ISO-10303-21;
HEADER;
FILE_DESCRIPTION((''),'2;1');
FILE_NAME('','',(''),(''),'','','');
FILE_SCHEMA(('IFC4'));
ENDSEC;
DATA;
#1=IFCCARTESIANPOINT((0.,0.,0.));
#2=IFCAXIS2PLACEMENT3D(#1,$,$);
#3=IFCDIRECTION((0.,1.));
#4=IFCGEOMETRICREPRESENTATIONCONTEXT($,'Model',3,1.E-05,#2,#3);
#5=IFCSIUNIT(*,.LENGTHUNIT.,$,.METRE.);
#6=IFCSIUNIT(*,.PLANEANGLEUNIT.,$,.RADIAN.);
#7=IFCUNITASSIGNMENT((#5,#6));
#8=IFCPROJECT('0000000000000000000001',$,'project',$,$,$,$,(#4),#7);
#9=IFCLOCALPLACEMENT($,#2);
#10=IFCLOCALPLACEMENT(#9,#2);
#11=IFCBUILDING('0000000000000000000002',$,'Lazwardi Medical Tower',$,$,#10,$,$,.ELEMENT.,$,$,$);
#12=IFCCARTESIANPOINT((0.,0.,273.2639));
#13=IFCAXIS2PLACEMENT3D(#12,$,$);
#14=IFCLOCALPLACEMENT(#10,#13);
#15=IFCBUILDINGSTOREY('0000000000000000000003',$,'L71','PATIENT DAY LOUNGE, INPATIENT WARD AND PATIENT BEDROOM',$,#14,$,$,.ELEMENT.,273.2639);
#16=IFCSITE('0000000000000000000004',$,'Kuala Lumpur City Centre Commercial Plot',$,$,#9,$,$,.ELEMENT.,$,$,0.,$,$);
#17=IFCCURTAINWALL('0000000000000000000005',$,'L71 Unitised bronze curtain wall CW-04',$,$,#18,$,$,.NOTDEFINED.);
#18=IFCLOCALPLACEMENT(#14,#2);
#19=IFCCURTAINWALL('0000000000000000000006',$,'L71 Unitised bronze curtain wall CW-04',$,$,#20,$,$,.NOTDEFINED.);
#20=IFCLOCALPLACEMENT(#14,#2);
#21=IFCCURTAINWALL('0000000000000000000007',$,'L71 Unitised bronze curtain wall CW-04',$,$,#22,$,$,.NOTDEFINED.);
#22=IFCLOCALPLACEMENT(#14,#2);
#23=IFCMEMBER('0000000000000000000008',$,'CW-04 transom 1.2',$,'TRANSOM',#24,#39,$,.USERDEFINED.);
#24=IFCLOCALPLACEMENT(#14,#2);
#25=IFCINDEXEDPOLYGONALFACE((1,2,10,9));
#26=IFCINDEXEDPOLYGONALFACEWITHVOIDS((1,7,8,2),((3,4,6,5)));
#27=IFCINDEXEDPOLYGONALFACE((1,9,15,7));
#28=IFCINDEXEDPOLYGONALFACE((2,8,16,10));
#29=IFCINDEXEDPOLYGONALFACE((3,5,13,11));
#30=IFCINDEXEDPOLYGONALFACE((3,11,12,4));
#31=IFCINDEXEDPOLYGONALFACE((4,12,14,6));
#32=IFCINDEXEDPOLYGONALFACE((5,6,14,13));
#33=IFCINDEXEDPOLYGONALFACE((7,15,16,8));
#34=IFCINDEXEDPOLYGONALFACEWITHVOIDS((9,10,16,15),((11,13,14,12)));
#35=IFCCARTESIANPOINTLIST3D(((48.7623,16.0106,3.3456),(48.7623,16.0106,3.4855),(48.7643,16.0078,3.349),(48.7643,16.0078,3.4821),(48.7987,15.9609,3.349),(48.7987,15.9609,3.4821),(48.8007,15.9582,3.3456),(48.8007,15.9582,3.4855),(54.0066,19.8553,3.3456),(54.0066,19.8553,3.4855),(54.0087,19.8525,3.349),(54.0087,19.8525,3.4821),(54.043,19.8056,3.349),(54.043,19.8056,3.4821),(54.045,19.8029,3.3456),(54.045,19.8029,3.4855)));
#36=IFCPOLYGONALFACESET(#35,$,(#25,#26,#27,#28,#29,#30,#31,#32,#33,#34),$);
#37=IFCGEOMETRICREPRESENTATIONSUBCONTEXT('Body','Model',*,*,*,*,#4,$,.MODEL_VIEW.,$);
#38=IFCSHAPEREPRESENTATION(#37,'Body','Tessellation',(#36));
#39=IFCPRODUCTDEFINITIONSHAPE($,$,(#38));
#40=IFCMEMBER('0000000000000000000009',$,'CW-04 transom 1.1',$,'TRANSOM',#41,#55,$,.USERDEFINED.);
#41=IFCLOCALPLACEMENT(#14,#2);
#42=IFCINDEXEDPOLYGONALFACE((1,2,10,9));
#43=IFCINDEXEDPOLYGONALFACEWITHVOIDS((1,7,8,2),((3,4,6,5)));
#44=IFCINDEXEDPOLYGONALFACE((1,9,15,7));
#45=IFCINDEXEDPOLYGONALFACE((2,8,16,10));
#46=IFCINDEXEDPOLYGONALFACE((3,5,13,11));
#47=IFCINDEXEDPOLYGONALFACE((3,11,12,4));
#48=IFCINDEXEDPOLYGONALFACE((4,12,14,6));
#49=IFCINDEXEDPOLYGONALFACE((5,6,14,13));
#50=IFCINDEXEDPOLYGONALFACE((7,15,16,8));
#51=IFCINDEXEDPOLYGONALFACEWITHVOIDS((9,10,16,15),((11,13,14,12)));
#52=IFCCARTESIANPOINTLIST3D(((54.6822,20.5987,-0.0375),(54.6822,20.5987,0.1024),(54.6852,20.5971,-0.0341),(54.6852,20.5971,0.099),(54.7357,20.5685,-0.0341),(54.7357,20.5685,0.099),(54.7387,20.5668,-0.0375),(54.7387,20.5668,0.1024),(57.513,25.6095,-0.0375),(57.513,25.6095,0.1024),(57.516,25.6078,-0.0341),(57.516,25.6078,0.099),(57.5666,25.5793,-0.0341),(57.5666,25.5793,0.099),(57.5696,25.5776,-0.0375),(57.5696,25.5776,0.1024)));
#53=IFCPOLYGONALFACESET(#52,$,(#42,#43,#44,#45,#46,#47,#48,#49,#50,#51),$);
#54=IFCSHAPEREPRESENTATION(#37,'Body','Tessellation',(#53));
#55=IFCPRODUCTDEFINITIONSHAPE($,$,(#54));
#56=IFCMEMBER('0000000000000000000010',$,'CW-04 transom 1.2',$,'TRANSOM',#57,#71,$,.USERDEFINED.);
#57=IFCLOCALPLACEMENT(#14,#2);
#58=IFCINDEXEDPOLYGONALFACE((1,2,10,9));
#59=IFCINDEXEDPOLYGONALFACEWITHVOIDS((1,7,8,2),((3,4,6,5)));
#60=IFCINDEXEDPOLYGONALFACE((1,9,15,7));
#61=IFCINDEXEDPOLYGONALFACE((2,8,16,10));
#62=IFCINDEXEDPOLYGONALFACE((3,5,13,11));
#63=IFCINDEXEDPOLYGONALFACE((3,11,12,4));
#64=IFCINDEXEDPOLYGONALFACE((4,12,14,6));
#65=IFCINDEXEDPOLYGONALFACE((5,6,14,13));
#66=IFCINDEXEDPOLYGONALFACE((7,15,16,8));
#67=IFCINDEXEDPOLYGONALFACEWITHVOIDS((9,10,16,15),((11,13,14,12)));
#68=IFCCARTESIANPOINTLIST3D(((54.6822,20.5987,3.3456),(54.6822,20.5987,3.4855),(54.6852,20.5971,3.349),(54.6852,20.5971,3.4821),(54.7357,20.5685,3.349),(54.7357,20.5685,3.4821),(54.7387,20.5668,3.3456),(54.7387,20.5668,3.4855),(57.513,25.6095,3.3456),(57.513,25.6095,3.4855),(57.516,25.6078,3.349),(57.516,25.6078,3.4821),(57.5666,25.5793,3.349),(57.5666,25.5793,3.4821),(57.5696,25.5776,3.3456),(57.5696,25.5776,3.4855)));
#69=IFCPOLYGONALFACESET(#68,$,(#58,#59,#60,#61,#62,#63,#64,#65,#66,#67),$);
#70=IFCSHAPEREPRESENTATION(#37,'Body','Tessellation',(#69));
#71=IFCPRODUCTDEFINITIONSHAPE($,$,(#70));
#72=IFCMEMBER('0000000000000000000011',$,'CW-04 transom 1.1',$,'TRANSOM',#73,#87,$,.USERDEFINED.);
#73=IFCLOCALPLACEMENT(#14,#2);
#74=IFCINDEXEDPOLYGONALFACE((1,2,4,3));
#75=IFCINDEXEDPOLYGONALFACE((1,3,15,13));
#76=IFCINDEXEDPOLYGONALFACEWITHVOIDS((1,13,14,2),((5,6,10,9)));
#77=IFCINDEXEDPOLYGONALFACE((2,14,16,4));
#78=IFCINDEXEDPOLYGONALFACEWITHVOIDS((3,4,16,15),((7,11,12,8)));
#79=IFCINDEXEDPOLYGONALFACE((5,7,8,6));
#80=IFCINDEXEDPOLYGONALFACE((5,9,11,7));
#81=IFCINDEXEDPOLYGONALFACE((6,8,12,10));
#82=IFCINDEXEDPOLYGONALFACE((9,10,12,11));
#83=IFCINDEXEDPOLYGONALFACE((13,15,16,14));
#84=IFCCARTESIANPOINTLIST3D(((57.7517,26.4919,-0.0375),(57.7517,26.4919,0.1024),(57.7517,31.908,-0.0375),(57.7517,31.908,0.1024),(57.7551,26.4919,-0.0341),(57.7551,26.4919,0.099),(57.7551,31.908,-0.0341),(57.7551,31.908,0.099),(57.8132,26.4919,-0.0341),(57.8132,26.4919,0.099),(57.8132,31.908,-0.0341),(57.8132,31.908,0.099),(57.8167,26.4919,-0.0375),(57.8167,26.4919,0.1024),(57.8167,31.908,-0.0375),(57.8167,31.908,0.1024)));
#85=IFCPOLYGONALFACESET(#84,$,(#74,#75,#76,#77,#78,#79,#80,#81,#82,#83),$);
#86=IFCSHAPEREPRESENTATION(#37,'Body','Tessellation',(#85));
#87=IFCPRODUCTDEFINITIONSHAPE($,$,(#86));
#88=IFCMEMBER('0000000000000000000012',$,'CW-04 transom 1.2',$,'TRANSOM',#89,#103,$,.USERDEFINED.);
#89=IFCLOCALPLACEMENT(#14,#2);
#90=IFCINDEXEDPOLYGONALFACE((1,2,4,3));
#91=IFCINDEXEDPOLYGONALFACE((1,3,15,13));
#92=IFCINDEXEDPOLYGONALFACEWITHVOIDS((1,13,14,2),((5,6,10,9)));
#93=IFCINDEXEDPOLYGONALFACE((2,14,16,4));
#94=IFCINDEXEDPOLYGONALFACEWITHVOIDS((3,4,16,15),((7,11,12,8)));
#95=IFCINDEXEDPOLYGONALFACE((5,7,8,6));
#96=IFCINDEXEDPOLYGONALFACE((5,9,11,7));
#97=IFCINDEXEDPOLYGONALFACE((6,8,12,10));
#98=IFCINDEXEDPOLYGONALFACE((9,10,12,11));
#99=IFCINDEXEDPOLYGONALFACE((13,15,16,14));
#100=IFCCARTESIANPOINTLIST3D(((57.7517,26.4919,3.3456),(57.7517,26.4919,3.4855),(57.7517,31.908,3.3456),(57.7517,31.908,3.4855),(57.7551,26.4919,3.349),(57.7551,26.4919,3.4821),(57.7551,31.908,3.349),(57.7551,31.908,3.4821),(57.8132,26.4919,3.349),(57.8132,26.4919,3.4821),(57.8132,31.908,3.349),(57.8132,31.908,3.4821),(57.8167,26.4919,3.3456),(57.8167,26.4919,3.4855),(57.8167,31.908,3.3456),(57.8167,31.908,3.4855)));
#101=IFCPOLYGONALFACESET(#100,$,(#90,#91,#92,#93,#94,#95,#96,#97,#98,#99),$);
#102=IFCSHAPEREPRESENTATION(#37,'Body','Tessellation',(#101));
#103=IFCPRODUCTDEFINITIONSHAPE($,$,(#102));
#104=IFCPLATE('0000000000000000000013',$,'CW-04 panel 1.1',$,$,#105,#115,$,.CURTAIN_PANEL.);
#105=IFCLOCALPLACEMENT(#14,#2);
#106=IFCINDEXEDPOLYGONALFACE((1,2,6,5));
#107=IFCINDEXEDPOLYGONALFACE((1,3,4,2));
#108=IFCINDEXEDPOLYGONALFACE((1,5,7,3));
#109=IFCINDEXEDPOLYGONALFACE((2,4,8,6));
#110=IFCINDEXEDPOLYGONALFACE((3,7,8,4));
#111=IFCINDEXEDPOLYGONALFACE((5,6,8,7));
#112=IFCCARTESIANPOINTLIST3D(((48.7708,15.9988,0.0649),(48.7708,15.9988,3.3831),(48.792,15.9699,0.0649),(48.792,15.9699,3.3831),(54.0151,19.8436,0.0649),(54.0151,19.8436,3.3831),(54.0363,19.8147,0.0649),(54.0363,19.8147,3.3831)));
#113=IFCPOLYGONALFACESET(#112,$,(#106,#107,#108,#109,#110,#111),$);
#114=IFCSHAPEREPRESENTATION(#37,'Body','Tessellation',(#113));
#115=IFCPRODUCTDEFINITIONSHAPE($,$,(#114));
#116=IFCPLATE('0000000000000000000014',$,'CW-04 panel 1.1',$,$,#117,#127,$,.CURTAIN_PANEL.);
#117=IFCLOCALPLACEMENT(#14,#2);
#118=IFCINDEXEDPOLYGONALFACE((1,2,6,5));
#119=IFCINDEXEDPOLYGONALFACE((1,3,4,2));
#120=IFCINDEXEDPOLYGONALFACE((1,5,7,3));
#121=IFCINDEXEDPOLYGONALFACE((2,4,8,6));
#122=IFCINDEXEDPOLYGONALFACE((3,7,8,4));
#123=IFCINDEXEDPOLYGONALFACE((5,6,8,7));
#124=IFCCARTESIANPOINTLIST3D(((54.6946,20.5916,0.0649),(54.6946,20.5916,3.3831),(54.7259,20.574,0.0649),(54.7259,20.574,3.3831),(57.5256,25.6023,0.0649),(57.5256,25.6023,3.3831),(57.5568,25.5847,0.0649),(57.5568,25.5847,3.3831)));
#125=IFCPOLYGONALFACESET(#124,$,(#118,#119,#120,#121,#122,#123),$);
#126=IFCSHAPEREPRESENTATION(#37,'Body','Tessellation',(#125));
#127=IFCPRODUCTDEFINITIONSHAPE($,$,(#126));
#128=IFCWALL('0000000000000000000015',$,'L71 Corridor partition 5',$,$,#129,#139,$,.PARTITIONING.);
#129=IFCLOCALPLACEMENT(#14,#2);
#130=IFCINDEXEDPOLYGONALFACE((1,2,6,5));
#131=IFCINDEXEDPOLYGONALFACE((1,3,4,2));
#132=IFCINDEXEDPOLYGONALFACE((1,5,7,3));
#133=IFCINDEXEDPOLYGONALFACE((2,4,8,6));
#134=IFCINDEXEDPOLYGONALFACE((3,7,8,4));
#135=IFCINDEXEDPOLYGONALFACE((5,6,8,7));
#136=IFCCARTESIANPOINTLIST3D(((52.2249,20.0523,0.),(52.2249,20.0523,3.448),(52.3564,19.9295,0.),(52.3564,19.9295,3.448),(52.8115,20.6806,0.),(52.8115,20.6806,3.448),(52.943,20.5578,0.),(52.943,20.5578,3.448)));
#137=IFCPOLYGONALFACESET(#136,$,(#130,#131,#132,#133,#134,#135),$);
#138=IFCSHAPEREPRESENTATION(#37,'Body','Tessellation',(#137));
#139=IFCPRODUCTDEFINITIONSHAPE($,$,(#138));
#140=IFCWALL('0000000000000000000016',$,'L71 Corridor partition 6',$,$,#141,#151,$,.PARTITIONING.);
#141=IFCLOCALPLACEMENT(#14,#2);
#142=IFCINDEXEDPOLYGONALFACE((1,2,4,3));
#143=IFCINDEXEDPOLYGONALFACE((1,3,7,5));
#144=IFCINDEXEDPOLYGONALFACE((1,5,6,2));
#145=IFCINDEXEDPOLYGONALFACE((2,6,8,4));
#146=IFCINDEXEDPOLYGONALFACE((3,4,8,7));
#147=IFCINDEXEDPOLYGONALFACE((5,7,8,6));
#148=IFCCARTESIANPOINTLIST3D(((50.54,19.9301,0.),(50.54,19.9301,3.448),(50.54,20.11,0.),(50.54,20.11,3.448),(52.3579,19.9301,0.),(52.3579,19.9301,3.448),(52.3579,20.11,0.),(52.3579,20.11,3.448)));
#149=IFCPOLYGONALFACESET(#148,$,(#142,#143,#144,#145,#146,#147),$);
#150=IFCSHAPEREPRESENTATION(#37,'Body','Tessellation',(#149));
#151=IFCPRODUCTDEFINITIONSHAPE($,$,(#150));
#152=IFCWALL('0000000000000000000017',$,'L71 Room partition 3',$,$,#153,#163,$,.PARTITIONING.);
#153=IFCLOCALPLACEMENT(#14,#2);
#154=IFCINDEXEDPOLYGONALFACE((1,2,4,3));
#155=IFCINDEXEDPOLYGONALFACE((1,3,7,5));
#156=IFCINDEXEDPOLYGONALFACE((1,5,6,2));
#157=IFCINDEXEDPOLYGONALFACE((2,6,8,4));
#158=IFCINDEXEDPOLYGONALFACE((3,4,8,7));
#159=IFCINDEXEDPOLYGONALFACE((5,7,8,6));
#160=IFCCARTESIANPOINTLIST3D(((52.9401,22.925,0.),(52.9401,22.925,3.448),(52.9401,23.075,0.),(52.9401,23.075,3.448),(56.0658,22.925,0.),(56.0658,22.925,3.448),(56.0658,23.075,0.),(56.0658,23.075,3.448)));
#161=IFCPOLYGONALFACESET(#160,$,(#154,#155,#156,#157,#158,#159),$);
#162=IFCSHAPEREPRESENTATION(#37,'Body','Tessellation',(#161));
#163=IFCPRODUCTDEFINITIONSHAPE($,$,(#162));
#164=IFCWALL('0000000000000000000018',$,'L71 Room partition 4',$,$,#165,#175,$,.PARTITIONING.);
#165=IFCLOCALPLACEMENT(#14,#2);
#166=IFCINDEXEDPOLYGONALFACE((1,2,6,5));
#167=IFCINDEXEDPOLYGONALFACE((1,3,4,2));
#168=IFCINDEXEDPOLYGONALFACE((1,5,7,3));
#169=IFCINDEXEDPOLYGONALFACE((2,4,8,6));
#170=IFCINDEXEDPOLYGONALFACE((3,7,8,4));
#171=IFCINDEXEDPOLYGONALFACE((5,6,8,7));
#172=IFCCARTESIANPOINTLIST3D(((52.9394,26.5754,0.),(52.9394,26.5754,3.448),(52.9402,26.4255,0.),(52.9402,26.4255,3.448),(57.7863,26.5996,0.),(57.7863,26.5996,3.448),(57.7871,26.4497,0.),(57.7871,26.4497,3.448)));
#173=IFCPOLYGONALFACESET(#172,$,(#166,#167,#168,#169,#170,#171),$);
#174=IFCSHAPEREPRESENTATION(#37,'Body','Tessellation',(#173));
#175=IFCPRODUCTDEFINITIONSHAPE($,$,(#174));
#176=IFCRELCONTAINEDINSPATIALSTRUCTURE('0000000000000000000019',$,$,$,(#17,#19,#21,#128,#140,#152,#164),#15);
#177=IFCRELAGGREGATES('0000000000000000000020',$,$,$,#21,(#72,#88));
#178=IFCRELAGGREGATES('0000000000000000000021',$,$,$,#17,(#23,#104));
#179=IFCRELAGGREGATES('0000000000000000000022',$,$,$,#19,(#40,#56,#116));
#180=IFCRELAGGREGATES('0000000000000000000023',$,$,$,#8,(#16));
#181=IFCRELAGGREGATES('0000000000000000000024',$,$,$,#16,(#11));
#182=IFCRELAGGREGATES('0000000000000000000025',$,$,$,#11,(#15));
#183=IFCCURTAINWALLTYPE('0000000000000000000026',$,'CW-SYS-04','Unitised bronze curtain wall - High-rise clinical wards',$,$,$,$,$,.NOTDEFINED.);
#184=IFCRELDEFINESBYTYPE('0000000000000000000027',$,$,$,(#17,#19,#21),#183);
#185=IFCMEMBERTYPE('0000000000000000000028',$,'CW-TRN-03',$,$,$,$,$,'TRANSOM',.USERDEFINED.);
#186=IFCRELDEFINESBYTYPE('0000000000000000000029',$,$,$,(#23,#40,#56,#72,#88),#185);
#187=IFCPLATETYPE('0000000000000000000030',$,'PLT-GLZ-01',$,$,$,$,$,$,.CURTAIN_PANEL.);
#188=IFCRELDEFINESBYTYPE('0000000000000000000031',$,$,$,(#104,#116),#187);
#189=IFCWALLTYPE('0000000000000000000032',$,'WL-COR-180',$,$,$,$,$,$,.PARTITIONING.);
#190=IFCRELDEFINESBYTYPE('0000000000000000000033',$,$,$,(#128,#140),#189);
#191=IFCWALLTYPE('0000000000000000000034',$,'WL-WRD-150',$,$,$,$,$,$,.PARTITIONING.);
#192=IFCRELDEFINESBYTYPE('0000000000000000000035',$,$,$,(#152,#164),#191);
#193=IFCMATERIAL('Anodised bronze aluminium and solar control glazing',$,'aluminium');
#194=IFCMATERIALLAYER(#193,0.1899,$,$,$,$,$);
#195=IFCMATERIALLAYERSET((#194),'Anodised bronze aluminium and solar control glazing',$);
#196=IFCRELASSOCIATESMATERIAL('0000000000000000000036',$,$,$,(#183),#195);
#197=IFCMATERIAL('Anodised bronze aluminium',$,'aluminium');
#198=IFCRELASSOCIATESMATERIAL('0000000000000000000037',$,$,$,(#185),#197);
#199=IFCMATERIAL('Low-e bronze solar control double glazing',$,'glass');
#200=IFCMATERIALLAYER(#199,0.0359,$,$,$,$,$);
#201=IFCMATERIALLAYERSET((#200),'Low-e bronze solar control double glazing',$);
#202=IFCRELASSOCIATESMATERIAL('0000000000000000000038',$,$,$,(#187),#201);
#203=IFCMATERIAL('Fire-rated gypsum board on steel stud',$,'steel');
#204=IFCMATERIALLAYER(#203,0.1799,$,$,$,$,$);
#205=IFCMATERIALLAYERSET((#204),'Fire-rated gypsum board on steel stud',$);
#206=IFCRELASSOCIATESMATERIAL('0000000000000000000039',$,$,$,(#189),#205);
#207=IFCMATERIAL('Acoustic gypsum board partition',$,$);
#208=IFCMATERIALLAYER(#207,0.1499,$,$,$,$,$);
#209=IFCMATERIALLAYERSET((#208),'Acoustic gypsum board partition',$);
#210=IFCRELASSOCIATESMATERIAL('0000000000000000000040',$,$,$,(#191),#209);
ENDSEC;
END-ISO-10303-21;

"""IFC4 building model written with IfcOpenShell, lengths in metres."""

from ifc_helpers import new_model, si_unit, direction, frame, frame_2d, origin, origin_2d, place, context, subcontext, project, spatial, rectangle, hollow_rectangle, extrude, material, layer, layer_set, material_profile, profile_set, type_object, element, aggregate, save


model = new_model("IFC4")

# Units and contexts
model_context = context("Model", 3, precision=1e-05, world=origin(), true_north=direction((0.0, 1.0)))
body_context = subcontext(model_context, "Body", "Model", "MODEL_VIEW")
ifc_project = project(units=[si_unit("LENGTHUNIT", "METRE"), si_unit("PLANEANGLEUNIT", "RADIAN")], contexts=[model_context])

# Site, building, storey
site_placement = place(None, origin())
site = spatial("IfcSite", under=ifc_project, at=site_placement, Name="Kuala Lumpur City Centre Commercial Plot", CompositionType="ELEMENT", RefElevation=0.0)
building_placement = place(site_placement, origin())
building = spatial("IfcBuilding", under=site, at=building_placement, Name="Lazwardi Medical Tower", CompositionType="ELEMENT")
storey_placement = place(building_placement, frame((0.0, 0.0, 273.2639)))
storey = spatial("IfcBuildingStorey", under=building, at=storey_placement, Name="L71", Description="PATIENT DAY LOUNGE, INPATIENT WARD AND PATIENT BEDROOM", CompositionType="ELEMENT", Elevation=273.2639)

# Curtain walls
ifc_material_1 = material(Name="Anodised bronze aluminium and solar control glazing", Category="aluminium")
ifc_layer_1 = layer(ifc_material_1, 0.1899)
ifc_layer_set_1 = layer_set([ifc_layer_1], Name="Anodised bronze aluminium and solar control glazing")
curtain_wall_type = type_object("IfcCurtainWallType", Name="CW-SYS-04", Description="Unitised bronze curtain wall - High-rise clinical wards", PredefinedType="NOTDEFINED", material=ifc_layer_set_1)
curtain_wall_1_placement = place(storey_placement, origin())
curtain_wall_1 = element("IfcCurtainWall", 1, at=curtain_wall_1_placement, inside=storey, type_object=curtain_wall_type, Name="L71 Unitised bronze curtain wall CW-04", PredefinedType="NOTDEFINED")
ifc_material_2 = material(Name="Anodised bronze aluminium", Category="aluminium")
curtain_wall_2_placement = place(storey_placement, origin())
curtain_wall_2 = element("IfcCurtainWall", 2, at=curtain_wall_2_placement, inside=storey, type_object=curtain_wall_type, Name="L71 Unitised bronze curtain wall CW-04", PredefinedType="NOTDEFINED")

# Curtain wall
curtain_wall_3_placement = place(storey_placement, origin())
curtain_wall_3 = element("IfcCurtainWall", 3, at=curtain_wall_3_placement, inside=storey, type_object=curtain_wall_type, Name="L71 Unitised bronze curtain wall CW-04", PredefinedType="NOTDEFINED")

# Members
ifc_material_profile_1 = material_profile(ifc_material_2, hollow_rectangle(XDim=0.0649, YDim=0.1399, WallThickness=0.0034, at=origin_2d()), Name="ALU-TRANSOM 140x65x3.5")
ifc_profile_set_1 = profile_set([ifc_material_profile_1], Name="Anodised bronze aluminium")
member_type_1 = type_object("IfcMemberType", Name="CW-TRN-03", ElementType="TRANSOM", PredefinedType="USERDEFINED", material=ifc_profile_set_1)
member_1_placement = place(storey_placement, frame((48.7815, 15.9844, 3.4155), z_axis=(0.80649, 0.591248, 0.0), x_axis=(-0.591248, 0.80649, 0.0)))
member_1 = element("IfcMember", 4, at=member_1_placement, type_object=member_type_1, Name="CW-04 transom 1.2", ObjectType="TRANSOM", PredefinedType="USERDEFINED", context=body_context, shape_type="SweptSolid", body=[
    extrude(hollow_rectangle(XDim=0.0649, YDim=0.1399, WallThickness=0.0034, at=origin_2d()), origin(), (0.0, 0.0, 1.0), 6.5027),
])
member_2_placement = place(storey_placement, frame((54.7104, 20.5828, 0.0325), z_axis=(0.49188, 0.870663, 0.0), x_axis=(-0.870663, 0.49188, 0.0)))
member_2 = element("IfcMember", 5, at=member_2_placement, type_object=member_type_1, Name="CW-04 transom 1.1", ObjectType="TRANSOM", PredefinedType="USERDEFINED", context=body_context, shape_type="SweptSolid", body=[
    extrude(hollow_rectangle(XDim=0.0649, YDim=0.1399, WallThickness=0.0034, at=origin_2d()), origin(), (0.0, 0.0, 1.0), 5.7551),
])
member_3_placement = place(storey_placement, frame((54.7104, 20.5828, 3.4155), z_axis=(0.49188, 0.870663, 0.0), x_axis=(-0.870663, 0.49188, 0.0)))
member_3 = element("IfcMember", 6, at=member_3_placement, type_object=member_type_1, Name="CW-04 transom 1.2", ObjectType="TRANSOM", PredefinedType="USERDEFINED", context=body_context, shape_type="SweptSolid", body=[
    extrude(hollow_rectangle(XDim=0.0649, YDim=0.1399, WallThickness=0.0034, at=origin_2d()), origin(), (0.0, 0.0, 1.0), 5.7551),
])
member_4_placement = place(storey_placement, frame((57.7842, 26.4919, 0.0325), z_axis=(0.0, 1.0, 0.0), x_axis=(-1.0, 0.0, 0.0)))
member_4 = element("IfcMember", 7, at=member_4_placement, type_object=member_type_1, Name="CW-04 transom 1.1", ObjectType="TRANSOM", PredefinedType="USERDEFINED", context=body_context, shape_type="SweptSolid", body=[
    extrude(hollow_rectangle(XDim=0.0649, YDim=0.1399, WallThickness=0.0034, at=origin_2d()), origin(), (0.0, 0.0, 1.0), 5.416),
])
member_5_placement = place(storey_placement, frame((57.7842, 26.4919, 3.4155), z_axis=(0.0, 1.0, 0.0), x_axis=(-1.0, 0.0, 0.0)))
member_5 = element("IfcMember", 8, at=member_5_placement, type_object=member_type_1, Name="CW-04 transom 1.2", ObjectType="TRANSOM", PredefinedType="USERDEFINED", context=body_context, shape_type="SweptSolid", body=[
    extrude(hollow_rectangle(XDim=0.0649, YDim=0.1399, WallThickness=0.0034, at=origin_2d()), origin(), (0.0, 0.0, 1.0), 5.416),
])
aggregate(curtain_wall_3, [member_4, member_5])

# Plates
ifc_material_3 = material(Name="Low-e bronze solar control double glazing", Category="glass")
ifc_layer_2 = layer(ifc_material_3, 0.0359)
ifc_layer_set_2 = layer_set([ifc_layer_2], Name="Low-e bronze solar control double glazing")
plate_type = type_object("IfcPlateType", Name="PLT-GLZ-01", PredefinedType="CURTAIN_PANEL", material=ifc_layer_set_2)
plate_1_placement = place(storey_placement, frame((51.4036, 17.9067, 0.0649), z_axis=(0.0, 0.0, 1.0), x_axis=(0.806475, 0.591268, 0.0)))
plate_1 = element("IfcPlate", 9, at=plate_1_placement, type_object=plate_type, Name="CW-04 panel 1.1", PredefinedType="CURTAIN_PANEL", context=body_context, shape_type="SweptSolid", body=[
    extrude(rectangle(XDim=6.5027, YDim=0.0359, at=origin_2d()), origin(), (0.0, 0.0, 1.0), 3.3181),
])
aggregate(curtain_wall_1, [member_1, plate_1])
plate_2_placement = place(storey_placement, frame((56.1257, 23.0881, 0.0649), z_axis=(0.0, 0.0, 1.0), x_axis=(0.4919, 0.870651, 0.0)))
plate_2 = element("IfcPlate", 10, at=plate_2_placement, type_object=plate_type, Name="CW-04 panel 1.1", PredefinedType="CURTAIN_PANEL", context=body_context, shape_type="SweptSolid", body=[
    extrude(rectangle(XDim=5.7551, YDim=0.0359, at=origin_2d()), origin(), (0.0, 0.0, 1.0), 3.3181),
])
aggregate(curtain_wall_2, [member_2, member_3, plate_2])

# Walls
ifc_material_4 = material(Name="Fire-rated gypsum board on steel stud", Category="steel")
ifc_layer_3 = layer(ifc_material_4, 0.1799)
ifc_layer_set_3 = layer_set([ifc_layer_3], Name="Fire-rated gypsum board on steel stud")
wall_type_1 = type_object("IfcWallType", Name="WL-COR-180", PredefinedType="PARTITIONING", material=ifc_layer_set_3)
wall_1_placement = place(storey_placement, frame((52.8772, 20.6191, 0.0), z_axis=(0.0, 0.0, 1.0), x_axis=(-0.682409, -0.73097, 0.0)))
element("IfcWall", 11, at=wall_1_placement, inside=storey, type_object=wall_type_1, Name="L71 Corridor partition 5", PredefinedType="PARTITIONING", context=body_context, shape_type="SweptSolid", body=[
    extrude(rectangle(XDim=0.8596, YDim=0.1799, at=frame_2d((0.4297, 0.0))), origin(), (0.0, 0.0, 1.0), 3.448),
])
wall_2_placement = place(storey_placement, frame((52.3579, 20.02, 0.0), z_axis=(0.0, 0.0, 1.0), x_axis=(-1.0, 0.0, 0.0)))
element("IfcWall", 12, at=wall_2_placement, inside=storey, type_object=wall_type_1, Name="L71 Corridor partition 6", PredefinedType="PARTITIONING", context=body_context, shape_type="SweptSolid", body=[
    extrude(rectangle(XDim=1.8179, YDim=0.1799, at=frame_2d((0.9089, 0.0))), origin(), (0.0, 0.0, 1.0), 3.448),
])
ifc_material_5 = material(Name="Acoustic gypsum board partition")
ifc_layer_4 = layer(ifc_material_5, 0.1499)
ifc_layer_set_4 = layer_set([ifc_layer_4], Name="Acoustic gypsum board partition")
wall_type_2 = type_object("IfcWallType", Name="WL-WRD-150", PredefinedType="PARTITIONING", material=ifc_layer_set_4)
wall_3_placement = place(storey_placement, frame((52.9399, 23.0, 0.0), z_axis=(0.0, 0.0, 1.0), x_axis=(1.0, 0.0, 0.0)))
element("IfcWall", 13, at=wall_3_placement, inside=storey, type_object=wall_type_2, Name="L71 Room partition 3", PredefinedType="PARTITIONING", context=body_context, shape_type="SweptSolid", body=[
    extrude(rectangle(XDim=3.1257, YDim=0.1499, at=frame_2d((1.563, 0.0))), origin(), (0.0, 0.0, 1.0), 3.448),
])
wall_4_placement = place(storey_placement, frame((52.9399, 26.5005, 0.0), z_axis=(0.0, 0.0, 1.0), x_axis=(0.999988, 0.004987, 0.0)))
element("IfcWall", 14, at=wall_4_placement, inside=storey, type_object=wall_type_2, Name="L71 Room partition 4", PredefinedType="PARTITIONING", context=body_context, shape_type="SweptSolid", body=[
    extrude(rectangle(XDim=4.8469, YDim=0.1499, at=frame_2d((2.4233, 0.0))), origin(), (0.0, 0.0, 1.0), 3.448),
])

save(model, "model.ifc")
